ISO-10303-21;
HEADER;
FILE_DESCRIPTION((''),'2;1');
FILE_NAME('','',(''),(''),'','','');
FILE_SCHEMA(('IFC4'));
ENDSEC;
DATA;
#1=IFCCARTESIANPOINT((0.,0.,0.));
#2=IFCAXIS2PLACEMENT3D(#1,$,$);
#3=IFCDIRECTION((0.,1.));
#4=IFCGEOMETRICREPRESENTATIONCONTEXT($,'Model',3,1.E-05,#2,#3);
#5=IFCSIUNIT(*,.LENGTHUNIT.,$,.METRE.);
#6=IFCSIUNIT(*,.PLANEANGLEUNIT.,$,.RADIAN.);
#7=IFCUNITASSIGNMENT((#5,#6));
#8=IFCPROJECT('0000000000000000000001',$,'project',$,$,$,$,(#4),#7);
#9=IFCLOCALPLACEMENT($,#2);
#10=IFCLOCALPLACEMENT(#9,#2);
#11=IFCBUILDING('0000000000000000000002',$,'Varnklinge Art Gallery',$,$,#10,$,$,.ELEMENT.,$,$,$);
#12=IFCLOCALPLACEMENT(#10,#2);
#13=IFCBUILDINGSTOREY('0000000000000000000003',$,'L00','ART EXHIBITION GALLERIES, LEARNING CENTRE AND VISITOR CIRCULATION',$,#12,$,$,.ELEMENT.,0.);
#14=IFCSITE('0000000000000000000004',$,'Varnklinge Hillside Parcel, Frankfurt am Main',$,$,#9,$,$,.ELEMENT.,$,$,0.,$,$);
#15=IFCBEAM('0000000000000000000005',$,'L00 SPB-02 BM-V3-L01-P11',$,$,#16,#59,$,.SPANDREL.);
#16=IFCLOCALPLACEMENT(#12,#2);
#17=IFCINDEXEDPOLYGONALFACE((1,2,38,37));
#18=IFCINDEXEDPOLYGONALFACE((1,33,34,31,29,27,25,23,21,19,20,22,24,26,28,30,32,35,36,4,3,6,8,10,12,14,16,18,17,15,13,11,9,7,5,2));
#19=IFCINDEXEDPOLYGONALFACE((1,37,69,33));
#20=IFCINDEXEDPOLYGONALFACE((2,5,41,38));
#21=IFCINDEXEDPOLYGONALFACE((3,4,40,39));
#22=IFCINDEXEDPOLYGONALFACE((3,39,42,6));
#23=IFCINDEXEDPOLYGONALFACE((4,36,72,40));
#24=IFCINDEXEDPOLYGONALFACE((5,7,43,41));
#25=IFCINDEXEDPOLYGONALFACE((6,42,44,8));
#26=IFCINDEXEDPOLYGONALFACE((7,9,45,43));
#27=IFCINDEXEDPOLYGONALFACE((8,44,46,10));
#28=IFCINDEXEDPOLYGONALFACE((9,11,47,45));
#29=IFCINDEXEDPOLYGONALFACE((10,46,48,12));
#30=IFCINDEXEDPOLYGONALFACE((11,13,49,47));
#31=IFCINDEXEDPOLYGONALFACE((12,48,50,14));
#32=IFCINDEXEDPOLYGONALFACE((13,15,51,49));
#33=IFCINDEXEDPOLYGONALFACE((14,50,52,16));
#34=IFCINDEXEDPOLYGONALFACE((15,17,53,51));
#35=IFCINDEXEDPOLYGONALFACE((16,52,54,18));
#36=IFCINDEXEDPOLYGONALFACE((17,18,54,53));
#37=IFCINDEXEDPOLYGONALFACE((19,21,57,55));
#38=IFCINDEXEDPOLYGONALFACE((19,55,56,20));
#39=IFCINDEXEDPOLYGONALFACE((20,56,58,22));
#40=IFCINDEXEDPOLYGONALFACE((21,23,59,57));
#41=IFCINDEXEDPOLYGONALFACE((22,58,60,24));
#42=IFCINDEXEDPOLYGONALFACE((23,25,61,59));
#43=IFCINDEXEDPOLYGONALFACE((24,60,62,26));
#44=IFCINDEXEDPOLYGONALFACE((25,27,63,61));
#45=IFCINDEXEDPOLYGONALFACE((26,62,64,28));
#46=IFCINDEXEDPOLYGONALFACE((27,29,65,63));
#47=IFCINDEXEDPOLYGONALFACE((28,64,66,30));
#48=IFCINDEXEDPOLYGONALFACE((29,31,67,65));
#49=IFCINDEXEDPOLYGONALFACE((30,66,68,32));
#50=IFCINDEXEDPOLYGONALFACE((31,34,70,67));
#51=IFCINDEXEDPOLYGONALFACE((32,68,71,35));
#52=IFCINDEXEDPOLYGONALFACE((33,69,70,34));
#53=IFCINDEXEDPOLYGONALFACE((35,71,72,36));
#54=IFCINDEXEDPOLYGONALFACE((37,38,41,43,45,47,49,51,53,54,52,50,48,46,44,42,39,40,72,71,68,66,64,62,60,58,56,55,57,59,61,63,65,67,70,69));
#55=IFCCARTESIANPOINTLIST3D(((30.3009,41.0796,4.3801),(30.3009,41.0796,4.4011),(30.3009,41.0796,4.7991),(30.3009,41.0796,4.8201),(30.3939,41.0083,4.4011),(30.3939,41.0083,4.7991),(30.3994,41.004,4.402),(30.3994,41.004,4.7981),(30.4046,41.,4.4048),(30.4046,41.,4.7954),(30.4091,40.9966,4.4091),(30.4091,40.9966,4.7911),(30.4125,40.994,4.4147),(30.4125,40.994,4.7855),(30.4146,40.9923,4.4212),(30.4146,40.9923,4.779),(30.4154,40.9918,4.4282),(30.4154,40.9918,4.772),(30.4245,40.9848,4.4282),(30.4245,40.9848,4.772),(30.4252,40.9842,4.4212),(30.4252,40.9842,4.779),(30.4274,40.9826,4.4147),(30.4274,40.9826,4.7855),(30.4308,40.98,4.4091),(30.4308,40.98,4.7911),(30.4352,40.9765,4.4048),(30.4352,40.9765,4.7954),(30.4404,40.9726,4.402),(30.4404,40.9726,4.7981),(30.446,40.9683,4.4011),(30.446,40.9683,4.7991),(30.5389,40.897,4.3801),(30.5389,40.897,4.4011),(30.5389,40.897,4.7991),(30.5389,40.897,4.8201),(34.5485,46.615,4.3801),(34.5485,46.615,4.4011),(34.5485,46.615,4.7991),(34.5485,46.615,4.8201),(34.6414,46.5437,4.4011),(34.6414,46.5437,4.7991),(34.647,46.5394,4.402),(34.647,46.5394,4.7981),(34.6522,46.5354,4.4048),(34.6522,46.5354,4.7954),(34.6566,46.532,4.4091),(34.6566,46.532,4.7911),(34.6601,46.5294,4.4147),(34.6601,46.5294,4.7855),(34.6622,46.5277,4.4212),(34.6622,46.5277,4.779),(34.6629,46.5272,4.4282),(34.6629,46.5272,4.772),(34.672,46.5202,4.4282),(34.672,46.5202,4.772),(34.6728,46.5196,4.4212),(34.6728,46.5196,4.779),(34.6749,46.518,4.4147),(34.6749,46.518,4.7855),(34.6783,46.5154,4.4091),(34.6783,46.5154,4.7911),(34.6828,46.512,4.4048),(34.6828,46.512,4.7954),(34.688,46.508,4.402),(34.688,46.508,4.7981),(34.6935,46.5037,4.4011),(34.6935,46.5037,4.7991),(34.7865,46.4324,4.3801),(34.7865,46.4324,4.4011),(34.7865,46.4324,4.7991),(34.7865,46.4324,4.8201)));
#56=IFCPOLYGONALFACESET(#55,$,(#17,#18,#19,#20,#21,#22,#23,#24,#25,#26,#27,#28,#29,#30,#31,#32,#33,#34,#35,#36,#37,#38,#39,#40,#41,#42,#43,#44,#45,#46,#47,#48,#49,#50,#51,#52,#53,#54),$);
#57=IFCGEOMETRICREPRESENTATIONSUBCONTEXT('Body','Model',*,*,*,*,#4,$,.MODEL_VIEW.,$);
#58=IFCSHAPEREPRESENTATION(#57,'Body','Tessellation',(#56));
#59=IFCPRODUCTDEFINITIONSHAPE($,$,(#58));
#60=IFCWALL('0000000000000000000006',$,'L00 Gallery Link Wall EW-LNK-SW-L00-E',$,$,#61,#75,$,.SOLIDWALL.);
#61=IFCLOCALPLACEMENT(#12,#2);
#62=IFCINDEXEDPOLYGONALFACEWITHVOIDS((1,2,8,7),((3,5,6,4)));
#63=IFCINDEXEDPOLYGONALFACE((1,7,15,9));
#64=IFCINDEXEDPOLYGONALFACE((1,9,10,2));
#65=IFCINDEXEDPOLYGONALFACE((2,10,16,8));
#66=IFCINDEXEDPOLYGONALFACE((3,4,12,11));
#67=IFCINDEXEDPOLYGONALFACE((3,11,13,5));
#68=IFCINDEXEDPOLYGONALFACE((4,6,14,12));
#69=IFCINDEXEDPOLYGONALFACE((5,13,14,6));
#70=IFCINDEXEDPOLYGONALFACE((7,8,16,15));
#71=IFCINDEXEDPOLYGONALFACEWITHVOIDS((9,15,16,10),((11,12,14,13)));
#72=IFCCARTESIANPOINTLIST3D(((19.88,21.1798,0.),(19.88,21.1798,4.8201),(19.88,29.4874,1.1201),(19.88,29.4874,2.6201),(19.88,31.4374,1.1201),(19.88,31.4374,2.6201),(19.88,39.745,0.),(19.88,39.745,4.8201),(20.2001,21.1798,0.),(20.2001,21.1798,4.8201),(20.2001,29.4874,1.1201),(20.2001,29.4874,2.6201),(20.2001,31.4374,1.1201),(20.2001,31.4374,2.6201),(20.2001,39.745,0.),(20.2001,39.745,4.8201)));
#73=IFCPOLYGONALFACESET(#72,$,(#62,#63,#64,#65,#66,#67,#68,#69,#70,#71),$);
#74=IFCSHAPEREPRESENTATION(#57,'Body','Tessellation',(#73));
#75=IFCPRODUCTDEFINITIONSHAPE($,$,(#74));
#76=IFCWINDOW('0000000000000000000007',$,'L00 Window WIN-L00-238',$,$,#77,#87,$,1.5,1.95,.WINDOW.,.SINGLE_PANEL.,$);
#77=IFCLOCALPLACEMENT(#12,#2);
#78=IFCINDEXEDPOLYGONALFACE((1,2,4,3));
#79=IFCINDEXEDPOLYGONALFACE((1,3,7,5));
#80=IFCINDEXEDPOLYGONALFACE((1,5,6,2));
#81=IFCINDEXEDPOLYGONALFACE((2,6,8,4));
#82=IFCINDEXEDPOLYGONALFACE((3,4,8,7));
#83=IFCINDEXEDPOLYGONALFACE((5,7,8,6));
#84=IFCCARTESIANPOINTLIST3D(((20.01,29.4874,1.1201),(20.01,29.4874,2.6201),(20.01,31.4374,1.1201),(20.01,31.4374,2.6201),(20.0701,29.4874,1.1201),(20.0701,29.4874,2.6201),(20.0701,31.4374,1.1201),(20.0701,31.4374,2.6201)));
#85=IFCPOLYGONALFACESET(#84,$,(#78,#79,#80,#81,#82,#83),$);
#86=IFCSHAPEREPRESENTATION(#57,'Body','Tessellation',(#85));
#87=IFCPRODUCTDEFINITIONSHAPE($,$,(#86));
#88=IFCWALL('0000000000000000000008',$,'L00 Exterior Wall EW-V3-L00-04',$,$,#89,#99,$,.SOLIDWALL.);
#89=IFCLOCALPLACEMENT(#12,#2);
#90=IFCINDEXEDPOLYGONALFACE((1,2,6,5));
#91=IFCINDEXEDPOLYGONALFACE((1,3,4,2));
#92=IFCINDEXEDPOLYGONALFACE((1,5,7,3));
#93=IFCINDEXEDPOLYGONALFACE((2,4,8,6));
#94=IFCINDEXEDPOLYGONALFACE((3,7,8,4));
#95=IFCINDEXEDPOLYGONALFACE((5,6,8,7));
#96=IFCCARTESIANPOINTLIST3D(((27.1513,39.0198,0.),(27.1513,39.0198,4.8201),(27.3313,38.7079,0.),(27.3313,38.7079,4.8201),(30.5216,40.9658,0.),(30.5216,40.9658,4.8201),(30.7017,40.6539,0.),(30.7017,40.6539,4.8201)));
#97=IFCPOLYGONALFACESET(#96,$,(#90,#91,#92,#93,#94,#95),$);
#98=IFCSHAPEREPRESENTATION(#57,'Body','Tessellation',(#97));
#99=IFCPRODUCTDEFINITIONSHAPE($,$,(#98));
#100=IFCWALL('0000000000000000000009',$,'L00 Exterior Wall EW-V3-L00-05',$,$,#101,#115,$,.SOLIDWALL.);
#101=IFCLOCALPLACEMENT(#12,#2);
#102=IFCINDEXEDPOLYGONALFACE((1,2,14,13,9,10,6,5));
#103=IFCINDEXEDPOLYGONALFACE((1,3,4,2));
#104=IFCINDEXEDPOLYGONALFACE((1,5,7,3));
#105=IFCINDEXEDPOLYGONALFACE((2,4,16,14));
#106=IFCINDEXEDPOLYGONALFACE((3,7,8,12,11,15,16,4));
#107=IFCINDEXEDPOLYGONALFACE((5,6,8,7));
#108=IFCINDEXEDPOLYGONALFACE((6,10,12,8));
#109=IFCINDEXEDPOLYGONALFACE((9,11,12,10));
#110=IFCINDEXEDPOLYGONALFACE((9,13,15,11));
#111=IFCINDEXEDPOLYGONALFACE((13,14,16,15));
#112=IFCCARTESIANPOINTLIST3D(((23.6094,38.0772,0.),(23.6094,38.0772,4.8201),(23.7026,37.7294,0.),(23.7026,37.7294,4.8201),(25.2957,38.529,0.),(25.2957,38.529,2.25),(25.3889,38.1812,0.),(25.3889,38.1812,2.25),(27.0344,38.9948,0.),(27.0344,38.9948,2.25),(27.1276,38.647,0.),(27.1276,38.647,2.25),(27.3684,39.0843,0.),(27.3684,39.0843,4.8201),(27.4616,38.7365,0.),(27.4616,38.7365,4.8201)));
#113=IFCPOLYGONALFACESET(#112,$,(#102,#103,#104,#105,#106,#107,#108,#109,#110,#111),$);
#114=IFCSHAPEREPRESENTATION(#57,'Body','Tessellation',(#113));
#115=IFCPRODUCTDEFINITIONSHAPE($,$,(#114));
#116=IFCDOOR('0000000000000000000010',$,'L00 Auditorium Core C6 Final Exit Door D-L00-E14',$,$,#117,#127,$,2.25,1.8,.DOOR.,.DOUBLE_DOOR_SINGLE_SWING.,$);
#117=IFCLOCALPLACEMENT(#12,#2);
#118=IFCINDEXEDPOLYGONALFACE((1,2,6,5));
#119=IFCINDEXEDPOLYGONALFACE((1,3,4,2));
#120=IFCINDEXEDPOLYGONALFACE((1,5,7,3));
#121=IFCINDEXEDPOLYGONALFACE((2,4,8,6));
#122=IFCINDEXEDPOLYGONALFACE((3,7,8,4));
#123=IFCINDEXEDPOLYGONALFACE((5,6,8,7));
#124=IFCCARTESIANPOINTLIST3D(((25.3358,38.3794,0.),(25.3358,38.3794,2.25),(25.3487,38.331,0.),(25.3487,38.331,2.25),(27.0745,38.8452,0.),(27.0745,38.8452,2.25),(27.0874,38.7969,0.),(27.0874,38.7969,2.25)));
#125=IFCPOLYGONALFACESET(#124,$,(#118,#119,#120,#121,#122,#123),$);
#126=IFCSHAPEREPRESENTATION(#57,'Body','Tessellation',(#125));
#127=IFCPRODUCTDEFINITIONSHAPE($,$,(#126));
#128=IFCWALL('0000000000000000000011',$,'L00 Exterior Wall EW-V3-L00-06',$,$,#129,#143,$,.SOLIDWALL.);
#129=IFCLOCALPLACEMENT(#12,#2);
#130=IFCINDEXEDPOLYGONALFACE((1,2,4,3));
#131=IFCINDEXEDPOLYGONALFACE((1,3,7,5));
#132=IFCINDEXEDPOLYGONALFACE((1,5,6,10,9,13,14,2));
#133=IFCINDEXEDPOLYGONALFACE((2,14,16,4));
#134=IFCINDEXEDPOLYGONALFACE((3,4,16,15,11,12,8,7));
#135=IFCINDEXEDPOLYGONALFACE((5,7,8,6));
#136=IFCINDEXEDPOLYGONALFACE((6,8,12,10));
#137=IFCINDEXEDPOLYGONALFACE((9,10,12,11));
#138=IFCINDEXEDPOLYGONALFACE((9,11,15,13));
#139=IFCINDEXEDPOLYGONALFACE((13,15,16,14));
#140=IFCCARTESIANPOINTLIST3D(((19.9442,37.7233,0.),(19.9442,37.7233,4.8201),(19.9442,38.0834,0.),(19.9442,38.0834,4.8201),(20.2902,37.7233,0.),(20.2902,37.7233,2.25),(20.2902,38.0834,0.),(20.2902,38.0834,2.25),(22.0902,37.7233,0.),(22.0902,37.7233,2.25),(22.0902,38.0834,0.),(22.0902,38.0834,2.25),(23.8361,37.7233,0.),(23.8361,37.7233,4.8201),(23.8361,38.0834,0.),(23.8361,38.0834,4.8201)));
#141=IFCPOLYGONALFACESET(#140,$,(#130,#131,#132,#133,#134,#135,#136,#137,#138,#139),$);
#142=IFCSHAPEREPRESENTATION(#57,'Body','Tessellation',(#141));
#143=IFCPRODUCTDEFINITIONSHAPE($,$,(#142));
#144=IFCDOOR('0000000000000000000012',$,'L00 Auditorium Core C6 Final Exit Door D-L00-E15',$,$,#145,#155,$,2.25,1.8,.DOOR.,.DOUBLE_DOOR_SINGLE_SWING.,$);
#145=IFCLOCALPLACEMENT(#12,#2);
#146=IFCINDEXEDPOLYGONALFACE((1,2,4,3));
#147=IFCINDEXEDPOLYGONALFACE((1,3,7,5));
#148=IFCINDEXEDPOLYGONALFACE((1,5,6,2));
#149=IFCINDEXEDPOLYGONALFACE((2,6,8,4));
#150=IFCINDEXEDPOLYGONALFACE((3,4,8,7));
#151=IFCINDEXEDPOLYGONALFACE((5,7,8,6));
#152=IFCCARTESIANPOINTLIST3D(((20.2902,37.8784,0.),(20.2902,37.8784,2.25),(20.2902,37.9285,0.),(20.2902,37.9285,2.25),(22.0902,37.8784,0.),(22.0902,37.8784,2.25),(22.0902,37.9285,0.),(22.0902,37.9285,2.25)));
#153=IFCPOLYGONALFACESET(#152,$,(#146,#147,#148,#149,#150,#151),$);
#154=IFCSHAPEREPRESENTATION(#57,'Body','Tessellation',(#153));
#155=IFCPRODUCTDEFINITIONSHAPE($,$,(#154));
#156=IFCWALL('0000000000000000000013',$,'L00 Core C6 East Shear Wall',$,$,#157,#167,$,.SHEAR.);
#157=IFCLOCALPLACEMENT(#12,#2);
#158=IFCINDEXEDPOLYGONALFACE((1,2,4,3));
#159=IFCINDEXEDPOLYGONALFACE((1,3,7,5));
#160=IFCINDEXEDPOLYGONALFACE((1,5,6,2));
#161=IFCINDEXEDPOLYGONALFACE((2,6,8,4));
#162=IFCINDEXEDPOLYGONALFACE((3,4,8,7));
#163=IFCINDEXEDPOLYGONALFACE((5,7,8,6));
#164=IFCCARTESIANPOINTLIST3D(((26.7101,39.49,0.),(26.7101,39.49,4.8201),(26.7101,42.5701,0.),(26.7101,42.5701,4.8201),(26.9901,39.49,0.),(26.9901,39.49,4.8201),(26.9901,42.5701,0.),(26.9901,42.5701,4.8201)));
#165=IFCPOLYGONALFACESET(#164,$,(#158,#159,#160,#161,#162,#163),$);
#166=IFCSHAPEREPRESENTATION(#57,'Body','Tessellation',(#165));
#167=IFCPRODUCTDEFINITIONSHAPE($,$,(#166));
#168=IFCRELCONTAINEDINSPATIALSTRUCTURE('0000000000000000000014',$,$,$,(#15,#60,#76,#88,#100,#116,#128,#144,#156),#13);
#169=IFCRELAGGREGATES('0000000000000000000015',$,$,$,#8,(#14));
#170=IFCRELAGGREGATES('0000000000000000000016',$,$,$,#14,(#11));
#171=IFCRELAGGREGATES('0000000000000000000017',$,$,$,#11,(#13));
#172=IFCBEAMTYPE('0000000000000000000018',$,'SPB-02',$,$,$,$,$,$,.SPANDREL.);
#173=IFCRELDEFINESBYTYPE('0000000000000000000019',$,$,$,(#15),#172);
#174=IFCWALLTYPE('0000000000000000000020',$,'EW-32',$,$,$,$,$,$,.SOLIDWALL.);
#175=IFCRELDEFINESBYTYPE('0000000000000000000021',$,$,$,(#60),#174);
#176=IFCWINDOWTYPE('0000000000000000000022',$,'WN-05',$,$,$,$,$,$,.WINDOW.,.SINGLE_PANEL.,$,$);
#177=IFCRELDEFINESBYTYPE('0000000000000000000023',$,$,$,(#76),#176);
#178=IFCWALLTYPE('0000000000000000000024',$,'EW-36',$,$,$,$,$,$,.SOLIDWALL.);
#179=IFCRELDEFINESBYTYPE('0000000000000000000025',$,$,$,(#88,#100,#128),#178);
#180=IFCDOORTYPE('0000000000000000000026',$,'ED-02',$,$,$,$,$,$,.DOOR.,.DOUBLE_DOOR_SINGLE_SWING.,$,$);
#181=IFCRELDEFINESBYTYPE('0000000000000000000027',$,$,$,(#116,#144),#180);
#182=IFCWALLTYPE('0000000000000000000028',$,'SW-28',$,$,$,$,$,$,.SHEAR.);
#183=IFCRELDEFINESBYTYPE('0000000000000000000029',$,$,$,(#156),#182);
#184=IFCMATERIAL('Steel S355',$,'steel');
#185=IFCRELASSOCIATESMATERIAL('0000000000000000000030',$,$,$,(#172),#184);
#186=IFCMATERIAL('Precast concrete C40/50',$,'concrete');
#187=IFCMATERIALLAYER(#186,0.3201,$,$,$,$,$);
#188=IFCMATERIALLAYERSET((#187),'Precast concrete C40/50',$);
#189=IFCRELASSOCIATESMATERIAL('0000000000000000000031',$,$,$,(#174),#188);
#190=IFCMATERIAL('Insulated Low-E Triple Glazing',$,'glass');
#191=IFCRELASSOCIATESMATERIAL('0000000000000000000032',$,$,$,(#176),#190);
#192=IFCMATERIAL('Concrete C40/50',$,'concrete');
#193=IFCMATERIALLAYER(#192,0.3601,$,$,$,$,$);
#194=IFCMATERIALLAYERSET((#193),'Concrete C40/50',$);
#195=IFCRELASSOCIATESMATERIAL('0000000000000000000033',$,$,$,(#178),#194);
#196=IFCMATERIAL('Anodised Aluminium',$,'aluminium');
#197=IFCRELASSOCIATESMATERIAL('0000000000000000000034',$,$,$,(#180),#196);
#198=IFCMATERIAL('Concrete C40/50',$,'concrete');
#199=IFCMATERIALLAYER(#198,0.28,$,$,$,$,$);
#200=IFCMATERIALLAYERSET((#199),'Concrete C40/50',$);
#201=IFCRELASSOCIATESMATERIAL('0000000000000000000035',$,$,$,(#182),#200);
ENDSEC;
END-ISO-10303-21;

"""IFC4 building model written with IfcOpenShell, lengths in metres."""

from ifc_helpers import new_model, si_unit, direction, frame, frame_2d, origin, origin_2d, place, context, subcontext, project, spatial, rectangle, i_section, extrude, material, layer, layer_set, material_profile, profile_set, type_object, element, fill, save


model = new_model("IFC4")

# Units and contexts
model_context = context("Model", 3, precision=1e-05, world=origin(), true_north=direction((0.0, 1.0)))
body_context = subcontext(model_context, "Body", "Model", "MODEL_VIEW")
ifc_project = project(units=[si_unit("LENGTHUNIT", "METRE"), si_unit("PLANEANGLEUNIT", "RADIAN")], contexts=[model_context])

# Site, building, storey
site_placement = place(None, origin())
site = spatial("IfcSite", under=ifc_project, at=site_placement, Name="Varnklinge Hillside Parcel, Frankfurt am Main", CompositionType="ELEMENT", RefElevation=0.0)
building_placement = place(site_placement, origin())
building = spatial("IfcBuilding", under=site, at=building_placement, Name="Varnklinge Art Gallery", CompositionType="ELEMENT")
storey_placement = place(building_placement, origin())
storey = spatial("IfcBuildingStorey", under=building, at=storey_placement, Name="L00", Description="ART EXHIBITION GALLERIES, LEARNING CENTRE AND VISITOR CIRCULATION", CompositionType="ELEMENT", Elevation=0.0)

# Beam
ifc_material_1 = material(Name="Steel S355", Category="steel")
ifc_material_profile_1 = material_profile(ifc_material_1, i_section(OverallWidth=0.3, OverallDepth=0.4399, WebThickness=0.0115, FlangeThickness=0.021, FilletRadius=0.0271, at=origin_2d()), Name="HEA 450")
ifc_profile_set_1 = profile_set([ifc_material_profile_1], Name="Steel S355")
beam_type_1 = type_object("IfcBeamType", Name="SPB-02", PredefinedType="SPANDREL", material=ifc_profile_set_1)
for number, where, z_axis, x_axis, name in (
    (1, (30.4199, 40.9883, 4.6001), (0.60877, 0.793347, 0.0), (-0.793347, 0.60877, 0.0), "L00 SPB-02 BM-V3-L01-P11"),
):
    element("IfcBeam", number, at=place(storey_placement, frame(where, z_axis=z_axis, x_axis=x_axis)), inside=storey, type_object=beam_type_1, Name=name, PredefinedType="SPANDREL", context=body_context, shape_type="SweptSolid", body=[
        extrude(i_section(OverallWidth=0.3, OverallDepth=0.4399, WebThickness=0.0115, FlangeThickness=0.021, FilletRadius=0.0271, at=origin_2d()), origin(), (0.0, 0.0, 1.0), 6.9773),
    ])

# Wall, opening, window
ifc_material_2 = material(Name="Precast concrete C40/50", Category="concrete")
ifc_layer_1 = layer(ifc_material_2, 0.3201)
ifc_layer_set_1 = layer_set([ifc_layer_1], Name="Precast concrete C40/50")
wall_type_1 = type_object("IfcWallType", Name="EW-32", PredefinedType="SOLIDWALL", material=ifc_layer_set_1)
wall_1_placement = place(storey_placement, frame((20.04, 39.7451, 0.0), z_axis=(0.0, 0.0, 1.0), x_axis=(0.0, -1.0, 0.0)))
wall_1 = element("IfcWall", 2, at=wall_1_placement, inside=storey, type_object=wall_type_1, Name="L00 Gallery Link Wall EW-LNK-SW-L00-E", PredefinedType="SOLIDWALL", context=body_context, shape_type="SweptSolid", body=[
    extrude(rectangle(XDim=18.5652, YDim=0.3201, at=frame_2d((9.2827, 0.0))), origin(), (0.0, 0.0, 1.0), 4.8201),
])
opening_1_placement = place(wall_1_placement, frame((8.3076, 0.0, 1.1201)))
opening_1 = element("IfcOpeningElement", 3, at=opening_1_placement, cuts=wall_1, PredefinedType="OPENING", context=body_context, shape_type="SweptSolid", body=[
    extrude(rectangle(XDim=1.95, YDim=1.5, at=frame_2d((0.9751, 0.75))), frame((0.0, 0.1702, 0.0), z_axis=(0.0, -1.0, 0.0), x_axis=(1.0, 0.0, 0.0)), (0.0, 0.0, 1.0), 0.3401),
])
ifc_material_3 = material(Name="Insulated Low-E Triple Glazing", Category="glass")
window_type = type_object("IfcWindowType", Name="WN-05", PartitioningType="SINGLE_PANEL", PredefinedType="WINDOW", material=ifc_material_3)
window_placement = place(opening_1_placement, origin())
window = element("IfcWindow", 4, at=window_placement, inside=storey, type_object=window_type, Name="L00 Window WIN-L00-238", OverallHeight=1.5, OverallWidth=1.95, PartitioningType="SINGLE_PANEL", PredefinedType="WINDOW", context=body_context, shape_type="SweptSolid", body=[
    extrude(rectangle(XDim=1.95, YDim=1.5, at=frame_2d((0.9751, 0.75))), frame((0.0, 0.03, 0.0), z_axis=(0.0, -1.0, 0.0), x_axis=(1.0, 0.0, 0.0)), (0.0, 0.0, 1.0), 0.0601),
])
fill(opening_1, window)

# Wall
ifc_material_4 = material(Name="Concrete C40/50", Category="concrete")
ifc_layer_2 = layer(ifc_material_4, 0.3601)
ifc_layer_set_2 = layer_set([ifc_layer_2], Name="Concrete C40/50")
wall_type_2 = type_object("IfcWallType", Name="EW-36", PredefinedType="SOLIDWALL", material=ifc_layer_set_2)
wall_2_placement = place(storey_placement, frame((30.6116, 40.8098, 0.0), z_axis=(0.0, 0.0, 1.0), x_axis=(-0.866007, -0.500032, 0.0)))
element("IfcWall", 5, at=wall_2_placement, inside=storey, type_object=wall_type_2, Name="L00 Exterior Wall EW-V3-L00-04", PredefinedType="SOLIDWALL", context=body_context, shape_type="SweptSolid", body=[
    extrude(rectangle(XDim=3.8918, YDim=0.3601, at=frame_2d((1.9458, 0.0))), origin(), (0.0, 0.0, 1.0), 4.8201),
])

# Walls, openings, doors
wall_3_placement = place(storey_placement, frame((27.415, 38.9104, 0.0), z_axis=(0.0, 0.0, 1.0), x_axis=(-0.965935, -0.258783, 0.0)))
wall_3 = element("IfcWall", 6, at=wall_3_placement, inside=storey, type_object=wall_type_2, Name="L00 Exterior Wall EW-V3-L00-05", PredefinedType="SOLIDWALL", context=body_context, shape_type="SweptSolid", body=[
    extrude(rectangle(XDim=3.8916, YDim=0.3601, at=frame_2d((1.9458, 0.0))), origin(), (0.0, 0.0, 1.0), 4.8201),
])
opening_2_placement = place(wall_3_placement, frame((0.3459, 0.0, 0.0)))
opening_2 = element("IfcOpeningElement", 7, at=opening_2_placement, cuts=wall_3, PredefinedType="OPENING", context=body_context, shape_type="SweptSolid", body=[
    extrude(rectangle(XDim=1.8, YDim=2.25, at=frame_2d((0.8999, 1.125))), frame((0.0, 0.1902, 0.0), z_axis=(0.0, -1.0, 0.0), x_axis=(1.0, 0.0, 0.0)), (0.0, 0.0, 1.0), 0.3801),
])
ifc_material_5 = material(Name="Anodised Aluminium", Category="aluminium")
door_type = type_object("IfcDoorType", Name="ED-02", OperationType="DOUBLE_DOOR_SINGLE_SWING", PredefinedType="DOOR", material=ifc_material_5)
door_1_placement = place(opening_2_placement, origin())
door_1 = element("IfcDoor", 8, at=door_1_placement, inside=storey, type_object=door_type, Name="L00 Auditorium Core C6 Final Exit Door D-L00-E14", OperationType="DOUBLE_DOOR_SINGLE_SWING", OverallHeight=2.25, OverallWidth=1.8, PredefinedType="DOOR", context=body_context, shape_type="SweptSolid", body=[
    extrude(rectangle(XDim=1.8, YDim=2.25, at=frame_2d((0.8999, 1.125))), frame((0.0, 0.0249, 0.0), z_axis=(0.0, -1.0, 0.0), x_axis=(1.0, 0.0, 0.0)), (0.0, 0.0, 1.0), 0.05),
])
fill(opening_2, door_1)
wall_4_placement = place(storey_placement, frame((23.8359, 37.9033, 0.0), z_axis=(0.0, 0.0, 1.0), x_axis=(-1.0, 0.0, 0.0)))
wall_4 = element("IfcWall", 9, at=wall_4_placement, inside=storey, type_object=wall_type_2, Name="L00 Exterior Wall EW-V3-L00-06", PredefinedType="SOLIDWALL", context=body_context, shape_type="SweptSolid", body=[
    extrude(rectangle(XDim=3.8918, YDim=0.3601, at=frame_2d((1.9458, 0.0))), origin(), (0.0, 0.0, 1.0), 4.8201),
])
opening_3_placement = place(wall_4_placement, frame((1.7458, 0.0, 0.0)))
opening_3 = element("IfcOpeningElement", 10, at=opening_3_placement, cuts=wall_4, PredefinedType="OPENING", context=body_context, shape_type="SweptSolid", body=[
    extrude(rectangle(XDim=1.8, YDim=2.25, at=frame_2d((0.8999, 1.125))), frame((0.0, 0.1902, 0.0), z_axis=(0.0, -1.0, 0.0), x_axis=(1.0, 0.0, 0.0)), (0.0, 0.0, 1.0), 0.3801),
])
door_2_placement = place(opening_3_placement, origin())
door_2 = element("IfcDoor", 11, at=door_2_placement, inside=storey, type_object=door_type, Name="L00 Auditorium Core C6 Final Exit Door D-L00-E15", OperationType="DOUBLE_DOOR_SINGLE_SWING", OverallHeight=2.25, OverallWidth=1.8, PredefinedType="DOOR", context=body_context, shape_type="SweptSolid", body=[
    extrude(rectangle(XDim=1.8, YDim=2.25, at=frame_2d((0.8999, 1.125))), frame((0.0, 0.0249, 0.0), z_axis=(0.0, -1.0, 0.0), x_axis=(1.0, 0.0, 0.0)), (0.0, 0.0, 1.0), 0.05),
])
fill(opening_3, door_2)

# Wall
ifc_material_6 = material(Name="Concrete C40/50", Category="concrete")
ifc_layer_3 = layer(ifc_material_6, 0.28)
ifc_layer_set_3 = layer_set([ifc_layer_3], Name="Concrete C40/50")
wall_type_3 = type_object("IfcWallType", Name="SW-28", PredefinedType="SHEAR", material=ifc_layer_set_3)
wall_5_placement = place(storey_placement, frame((26.8501, 39.49, 0.0), z_axis=(0.0, 0.0, 1.0), x_axis=(0.0, 1.0, 0.0)))
element("IfcWall", 12, at=wall_5_placement, inside=storey, type_object=wall_type_3, Name="L00 Core C6 East Shear Wall", PredefinedType="SHEAR", context=body_context, shape_type="SweptSolid", body=[
    extrude(rectangle(XDim=3.0801, YDim=0.28, at=frame_2d((1.54, 0.0))), origin(), (0.0, 0.0, 1.0), 4.8201),
])

save(model, "model.ifc")
